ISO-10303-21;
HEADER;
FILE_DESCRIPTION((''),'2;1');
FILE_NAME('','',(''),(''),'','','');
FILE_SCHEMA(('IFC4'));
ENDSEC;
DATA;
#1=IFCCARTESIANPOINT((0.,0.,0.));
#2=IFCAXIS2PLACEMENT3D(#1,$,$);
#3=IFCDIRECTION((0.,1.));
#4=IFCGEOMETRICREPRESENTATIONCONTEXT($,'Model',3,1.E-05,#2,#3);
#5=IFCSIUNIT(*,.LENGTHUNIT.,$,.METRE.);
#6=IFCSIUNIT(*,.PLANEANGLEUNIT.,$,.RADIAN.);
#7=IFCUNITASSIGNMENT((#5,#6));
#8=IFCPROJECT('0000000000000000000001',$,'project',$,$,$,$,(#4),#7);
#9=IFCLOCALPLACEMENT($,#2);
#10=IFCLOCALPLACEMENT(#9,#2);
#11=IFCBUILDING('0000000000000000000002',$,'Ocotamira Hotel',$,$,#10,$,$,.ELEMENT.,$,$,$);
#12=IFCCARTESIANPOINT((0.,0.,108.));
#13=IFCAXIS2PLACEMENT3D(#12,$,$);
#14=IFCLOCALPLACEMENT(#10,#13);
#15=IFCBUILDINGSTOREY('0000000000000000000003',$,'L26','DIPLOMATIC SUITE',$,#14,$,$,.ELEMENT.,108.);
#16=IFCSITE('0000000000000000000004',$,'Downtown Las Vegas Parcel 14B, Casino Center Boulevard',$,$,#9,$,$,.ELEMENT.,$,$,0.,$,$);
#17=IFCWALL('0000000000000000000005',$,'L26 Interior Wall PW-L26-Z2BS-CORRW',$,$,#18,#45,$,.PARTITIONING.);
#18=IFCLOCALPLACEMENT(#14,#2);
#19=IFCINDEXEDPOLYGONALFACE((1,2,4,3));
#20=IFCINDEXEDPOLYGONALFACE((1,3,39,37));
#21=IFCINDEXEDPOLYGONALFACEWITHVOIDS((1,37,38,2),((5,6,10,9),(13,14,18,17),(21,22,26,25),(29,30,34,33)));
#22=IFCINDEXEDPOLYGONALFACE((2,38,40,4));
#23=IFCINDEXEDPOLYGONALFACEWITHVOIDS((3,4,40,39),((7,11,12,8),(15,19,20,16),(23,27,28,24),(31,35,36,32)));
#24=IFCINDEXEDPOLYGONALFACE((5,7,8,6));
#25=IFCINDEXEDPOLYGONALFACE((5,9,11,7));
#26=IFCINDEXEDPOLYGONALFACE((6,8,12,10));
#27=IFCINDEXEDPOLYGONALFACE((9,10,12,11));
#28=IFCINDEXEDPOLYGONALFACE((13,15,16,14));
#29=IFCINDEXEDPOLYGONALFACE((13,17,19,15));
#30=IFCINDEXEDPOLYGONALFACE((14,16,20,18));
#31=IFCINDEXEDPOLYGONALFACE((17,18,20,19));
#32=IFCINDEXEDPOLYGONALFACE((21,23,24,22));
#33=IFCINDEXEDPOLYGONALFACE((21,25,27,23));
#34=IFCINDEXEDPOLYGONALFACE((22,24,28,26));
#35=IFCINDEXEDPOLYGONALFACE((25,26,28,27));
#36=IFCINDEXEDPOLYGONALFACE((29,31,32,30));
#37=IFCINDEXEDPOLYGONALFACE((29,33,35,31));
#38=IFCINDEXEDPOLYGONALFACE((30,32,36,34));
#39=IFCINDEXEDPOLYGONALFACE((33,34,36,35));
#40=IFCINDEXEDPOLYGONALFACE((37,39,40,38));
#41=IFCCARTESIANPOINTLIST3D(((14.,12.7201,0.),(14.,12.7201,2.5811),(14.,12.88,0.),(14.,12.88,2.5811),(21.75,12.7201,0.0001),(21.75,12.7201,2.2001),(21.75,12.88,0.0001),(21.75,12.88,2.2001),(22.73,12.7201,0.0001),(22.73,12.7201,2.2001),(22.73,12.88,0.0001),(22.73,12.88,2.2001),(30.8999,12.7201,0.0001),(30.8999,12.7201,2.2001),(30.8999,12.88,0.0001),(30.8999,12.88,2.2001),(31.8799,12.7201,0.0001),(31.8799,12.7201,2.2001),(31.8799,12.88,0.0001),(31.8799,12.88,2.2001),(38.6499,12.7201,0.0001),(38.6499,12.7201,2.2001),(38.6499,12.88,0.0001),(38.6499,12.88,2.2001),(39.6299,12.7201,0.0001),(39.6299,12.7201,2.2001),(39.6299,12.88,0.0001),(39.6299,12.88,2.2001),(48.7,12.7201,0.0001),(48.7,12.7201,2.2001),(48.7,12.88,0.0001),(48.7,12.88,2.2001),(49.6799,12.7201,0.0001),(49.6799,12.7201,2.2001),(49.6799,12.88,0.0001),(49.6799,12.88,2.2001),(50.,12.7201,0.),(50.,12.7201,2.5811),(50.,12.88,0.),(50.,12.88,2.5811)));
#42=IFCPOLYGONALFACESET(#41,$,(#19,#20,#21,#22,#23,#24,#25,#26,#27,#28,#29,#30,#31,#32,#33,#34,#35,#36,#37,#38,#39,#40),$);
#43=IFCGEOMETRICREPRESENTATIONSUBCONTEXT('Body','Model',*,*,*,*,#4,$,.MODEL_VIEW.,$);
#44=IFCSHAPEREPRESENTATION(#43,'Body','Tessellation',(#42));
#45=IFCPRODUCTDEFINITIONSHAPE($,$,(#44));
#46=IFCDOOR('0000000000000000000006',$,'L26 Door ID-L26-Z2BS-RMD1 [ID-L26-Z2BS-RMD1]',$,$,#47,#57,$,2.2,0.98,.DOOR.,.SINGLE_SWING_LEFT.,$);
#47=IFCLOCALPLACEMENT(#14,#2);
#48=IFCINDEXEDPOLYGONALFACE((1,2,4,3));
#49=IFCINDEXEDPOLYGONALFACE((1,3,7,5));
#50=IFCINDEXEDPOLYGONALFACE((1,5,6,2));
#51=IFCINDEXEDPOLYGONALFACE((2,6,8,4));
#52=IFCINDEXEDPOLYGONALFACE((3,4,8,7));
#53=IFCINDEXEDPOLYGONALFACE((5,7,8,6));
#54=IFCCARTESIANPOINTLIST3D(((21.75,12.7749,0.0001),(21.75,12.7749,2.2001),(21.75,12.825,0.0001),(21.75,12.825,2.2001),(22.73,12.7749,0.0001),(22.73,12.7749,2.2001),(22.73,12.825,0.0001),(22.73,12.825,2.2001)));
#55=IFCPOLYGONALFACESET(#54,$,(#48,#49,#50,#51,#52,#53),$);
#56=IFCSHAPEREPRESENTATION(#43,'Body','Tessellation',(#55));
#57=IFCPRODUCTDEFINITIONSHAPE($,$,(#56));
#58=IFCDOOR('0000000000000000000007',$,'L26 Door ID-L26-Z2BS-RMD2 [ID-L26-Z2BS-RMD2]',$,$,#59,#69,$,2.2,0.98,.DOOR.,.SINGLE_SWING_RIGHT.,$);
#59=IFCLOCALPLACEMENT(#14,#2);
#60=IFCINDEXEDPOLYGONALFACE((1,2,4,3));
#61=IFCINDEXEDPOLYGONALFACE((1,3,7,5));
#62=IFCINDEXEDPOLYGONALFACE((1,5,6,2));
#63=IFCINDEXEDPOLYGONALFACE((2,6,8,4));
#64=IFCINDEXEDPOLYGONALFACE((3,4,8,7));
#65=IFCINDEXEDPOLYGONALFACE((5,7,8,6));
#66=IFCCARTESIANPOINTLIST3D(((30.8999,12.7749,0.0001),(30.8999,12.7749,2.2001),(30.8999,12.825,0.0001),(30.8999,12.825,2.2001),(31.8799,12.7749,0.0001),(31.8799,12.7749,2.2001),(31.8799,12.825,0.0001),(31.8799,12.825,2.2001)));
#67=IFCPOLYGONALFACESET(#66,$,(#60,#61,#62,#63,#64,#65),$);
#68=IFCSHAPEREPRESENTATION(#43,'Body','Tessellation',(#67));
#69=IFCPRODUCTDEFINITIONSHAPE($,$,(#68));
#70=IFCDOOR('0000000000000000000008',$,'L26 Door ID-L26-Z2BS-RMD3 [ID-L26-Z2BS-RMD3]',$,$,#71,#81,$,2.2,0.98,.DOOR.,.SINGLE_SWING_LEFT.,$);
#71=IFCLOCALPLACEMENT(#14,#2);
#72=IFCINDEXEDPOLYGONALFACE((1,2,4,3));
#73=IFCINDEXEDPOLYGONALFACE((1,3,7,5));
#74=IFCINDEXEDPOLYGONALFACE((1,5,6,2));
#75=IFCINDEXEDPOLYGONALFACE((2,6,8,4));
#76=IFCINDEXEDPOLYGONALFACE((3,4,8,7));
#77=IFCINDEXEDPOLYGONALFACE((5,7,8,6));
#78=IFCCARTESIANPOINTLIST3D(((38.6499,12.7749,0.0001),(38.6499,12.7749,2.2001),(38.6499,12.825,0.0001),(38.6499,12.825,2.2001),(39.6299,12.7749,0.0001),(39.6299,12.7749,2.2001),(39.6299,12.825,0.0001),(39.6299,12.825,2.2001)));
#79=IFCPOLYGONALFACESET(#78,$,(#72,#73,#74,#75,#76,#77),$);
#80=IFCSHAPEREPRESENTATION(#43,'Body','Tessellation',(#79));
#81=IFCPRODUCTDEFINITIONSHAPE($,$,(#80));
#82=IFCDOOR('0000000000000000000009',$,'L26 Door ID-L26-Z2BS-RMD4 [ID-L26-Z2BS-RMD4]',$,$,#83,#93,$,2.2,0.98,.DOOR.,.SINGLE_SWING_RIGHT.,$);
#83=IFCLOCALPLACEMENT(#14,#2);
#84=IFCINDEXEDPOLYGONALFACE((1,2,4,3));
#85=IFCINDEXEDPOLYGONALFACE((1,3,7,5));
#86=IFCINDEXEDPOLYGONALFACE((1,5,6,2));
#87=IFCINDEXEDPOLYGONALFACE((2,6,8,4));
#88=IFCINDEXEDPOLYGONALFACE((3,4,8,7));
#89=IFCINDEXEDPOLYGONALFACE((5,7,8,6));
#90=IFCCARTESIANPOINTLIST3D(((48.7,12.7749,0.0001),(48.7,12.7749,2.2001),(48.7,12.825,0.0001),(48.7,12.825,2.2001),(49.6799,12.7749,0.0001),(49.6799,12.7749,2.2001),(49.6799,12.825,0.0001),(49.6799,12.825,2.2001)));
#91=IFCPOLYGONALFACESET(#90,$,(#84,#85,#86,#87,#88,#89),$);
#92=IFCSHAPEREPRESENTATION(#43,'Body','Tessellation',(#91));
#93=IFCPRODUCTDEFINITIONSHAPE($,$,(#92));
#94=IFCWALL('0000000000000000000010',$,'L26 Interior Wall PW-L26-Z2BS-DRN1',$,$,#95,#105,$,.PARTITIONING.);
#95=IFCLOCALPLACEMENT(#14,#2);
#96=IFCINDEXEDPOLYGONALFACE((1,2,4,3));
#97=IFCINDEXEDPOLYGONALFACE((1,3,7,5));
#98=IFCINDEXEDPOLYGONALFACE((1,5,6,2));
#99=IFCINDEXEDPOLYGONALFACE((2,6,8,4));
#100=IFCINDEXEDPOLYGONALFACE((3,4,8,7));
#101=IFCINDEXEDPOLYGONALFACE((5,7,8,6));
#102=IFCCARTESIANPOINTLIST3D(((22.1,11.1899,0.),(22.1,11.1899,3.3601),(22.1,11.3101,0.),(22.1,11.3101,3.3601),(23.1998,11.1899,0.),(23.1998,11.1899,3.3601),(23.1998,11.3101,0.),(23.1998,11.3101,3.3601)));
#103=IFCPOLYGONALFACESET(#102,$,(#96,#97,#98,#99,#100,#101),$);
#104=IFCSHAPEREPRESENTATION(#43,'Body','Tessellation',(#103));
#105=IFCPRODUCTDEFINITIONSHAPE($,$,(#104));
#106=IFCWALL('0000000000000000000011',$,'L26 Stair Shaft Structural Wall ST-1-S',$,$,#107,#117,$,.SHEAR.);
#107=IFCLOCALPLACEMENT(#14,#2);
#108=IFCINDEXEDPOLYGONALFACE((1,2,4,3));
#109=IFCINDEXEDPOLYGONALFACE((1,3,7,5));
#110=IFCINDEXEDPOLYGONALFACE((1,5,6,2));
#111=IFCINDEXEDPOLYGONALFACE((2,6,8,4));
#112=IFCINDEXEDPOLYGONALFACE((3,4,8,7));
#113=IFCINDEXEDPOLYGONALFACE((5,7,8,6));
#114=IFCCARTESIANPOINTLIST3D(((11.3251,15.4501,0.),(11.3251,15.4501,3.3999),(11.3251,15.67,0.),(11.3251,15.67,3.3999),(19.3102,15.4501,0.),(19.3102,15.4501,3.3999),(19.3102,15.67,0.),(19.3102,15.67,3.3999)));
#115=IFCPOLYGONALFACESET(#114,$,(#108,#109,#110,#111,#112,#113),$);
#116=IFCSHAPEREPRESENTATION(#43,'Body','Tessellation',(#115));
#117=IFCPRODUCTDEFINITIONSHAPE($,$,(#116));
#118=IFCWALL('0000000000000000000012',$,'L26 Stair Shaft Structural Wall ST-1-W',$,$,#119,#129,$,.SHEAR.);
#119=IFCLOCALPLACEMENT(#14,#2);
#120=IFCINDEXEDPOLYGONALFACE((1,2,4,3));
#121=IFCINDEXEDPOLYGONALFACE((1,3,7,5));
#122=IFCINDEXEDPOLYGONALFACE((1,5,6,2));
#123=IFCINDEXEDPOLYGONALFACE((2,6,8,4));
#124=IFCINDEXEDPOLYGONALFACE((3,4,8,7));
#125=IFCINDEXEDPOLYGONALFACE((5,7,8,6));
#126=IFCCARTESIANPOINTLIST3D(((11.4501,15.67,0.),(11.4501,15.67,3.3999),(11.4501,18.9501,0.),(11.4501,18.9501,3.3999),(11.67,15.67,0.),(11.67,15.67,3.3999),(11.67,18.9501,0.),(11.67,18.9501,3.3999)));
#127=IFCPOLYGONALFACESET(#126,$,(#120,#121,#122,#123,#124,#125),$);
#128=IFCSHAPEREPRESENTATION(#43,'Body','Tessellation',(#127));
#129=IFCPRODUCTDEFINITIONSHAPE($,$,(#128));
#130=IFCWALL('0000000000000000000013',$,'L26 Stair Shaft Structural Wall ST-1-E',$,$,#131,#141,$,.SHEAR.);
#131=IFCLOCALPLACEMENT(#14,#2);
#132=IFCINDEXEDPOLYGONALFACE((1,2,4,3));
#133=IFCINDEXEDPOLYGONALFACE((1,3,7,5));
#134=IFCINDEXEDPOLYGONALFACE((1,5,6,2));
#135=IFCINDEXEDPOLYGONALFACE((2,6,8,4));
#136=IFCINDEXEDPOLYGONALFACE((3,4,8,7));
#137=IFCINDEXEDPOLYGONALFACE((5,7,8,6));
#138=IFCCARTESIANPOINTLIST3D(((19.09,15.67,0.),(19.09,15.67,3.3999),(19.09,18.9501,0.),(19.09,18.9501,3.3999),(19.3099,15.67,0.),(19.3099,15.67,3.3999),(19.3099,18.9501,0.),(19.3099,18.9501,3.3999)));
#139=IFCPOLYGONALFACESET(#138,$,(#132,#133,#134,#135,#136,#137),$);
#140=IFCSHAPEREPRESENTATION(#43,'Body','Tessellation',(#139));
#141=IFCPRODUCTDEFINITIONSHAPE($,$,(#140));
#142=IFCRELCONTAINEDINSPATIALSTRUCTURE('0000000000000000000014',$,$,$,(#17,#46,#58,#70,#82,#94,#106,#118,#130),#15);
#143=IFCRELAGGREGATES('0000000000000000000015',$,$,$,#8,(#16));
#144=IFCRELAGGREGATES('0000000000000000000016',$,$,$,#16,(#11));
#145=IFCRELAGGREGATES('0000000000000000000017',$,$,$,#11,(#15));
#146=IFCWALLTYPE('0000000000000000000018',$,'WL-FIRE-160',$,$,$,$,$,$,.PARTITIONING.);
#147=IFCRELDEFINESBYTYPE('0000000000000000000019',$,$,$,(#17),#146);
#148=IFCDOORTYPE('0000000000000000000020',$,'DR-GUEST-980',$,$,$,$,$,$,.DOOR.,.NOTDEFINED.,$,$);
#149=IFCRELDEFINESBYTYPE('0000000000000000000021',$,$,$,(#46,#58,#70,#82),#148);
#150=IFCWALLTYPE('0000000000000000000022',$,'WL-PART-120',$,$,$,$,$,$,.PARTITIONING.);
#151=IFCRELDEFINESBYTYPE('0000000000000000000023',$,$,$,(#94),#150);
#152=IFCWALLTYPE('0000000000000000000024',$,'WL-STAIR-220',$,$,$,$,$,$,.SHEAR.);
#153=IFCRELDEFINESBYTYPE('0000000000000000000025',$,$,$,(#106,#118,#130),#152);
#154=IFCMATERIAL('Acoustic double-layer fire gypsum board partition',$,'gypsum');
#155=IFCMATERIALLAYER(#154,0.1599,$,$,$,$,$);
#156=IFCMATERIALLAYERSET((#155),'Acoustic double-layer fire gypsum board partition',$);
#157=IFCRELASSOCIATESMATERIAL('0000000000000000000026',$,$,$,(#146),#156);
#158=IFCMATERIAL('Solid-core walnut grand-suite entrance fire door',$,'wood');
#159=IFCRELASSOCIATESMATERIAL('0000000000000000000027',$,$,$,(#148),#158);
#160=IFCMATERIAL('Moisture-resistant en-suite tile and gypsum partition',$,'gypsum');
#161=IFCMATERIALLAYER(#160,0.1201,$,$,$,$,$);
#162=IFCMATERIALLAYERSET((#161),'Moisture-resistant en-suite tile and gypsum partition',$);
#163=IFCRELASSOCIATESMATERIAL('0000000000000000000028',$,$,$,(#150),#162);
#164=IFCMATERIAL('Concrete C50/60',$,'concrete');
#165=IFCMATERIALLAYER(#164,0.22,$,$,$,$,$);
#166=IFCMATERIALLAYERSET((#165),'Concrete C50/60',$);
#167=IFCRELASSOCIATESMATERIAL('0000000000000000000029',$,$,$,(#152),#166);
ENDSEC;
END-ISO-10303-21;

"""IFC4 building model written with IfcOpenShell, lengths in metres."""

from ifc_helpers import new_model, si_unit, direction, frame, frame_2d, origin, place, context, subcontext, project, spatial, rectangle, extrude, source, transform, mapped, material, layer, layer_set, type_object, element, fill, save


model = new_model("IFC4")

# Units and contexts
model_context = context("Model", 3, precision=1e-05, world=origin(), true_north=direction((0.0, 1.0)))
body_context = subcontext(model_context, "Body", "Model", "MODEL_VIEW")
ifc_project = project(units=[si_unit("LENGTHUNIT", "METRE"), si_unit("PLANEANGLEUNIT", "RADIAN")], contexts=[model_context])

# Site, building, storey
site_placement = place(None, origin())
site = spatial("IfcSite", under=ifc_project, at=site_placement, Name="Downtown Las Vegas Parcel 14B, Casino Center Boulevard", CompositionType="ELEMENT", RefElevation=0.0)
building_placement = place(site_placement, origin())
building = spatial("IfcBuilding", under=site, at=building_placement, Name="Ocotamira Hotel", CompositionType="ELEMENT")
storey_placement = place(building_placement, frame((0.0, 0.0, 108.0)))
storey = spatial("IfcBuildingStorey", under=building, at=storey_placement, Name="L26", Description="DIPLOMATIC SUITE", CompositionType="ELEMENT", Elevation=108.0)

# Wall, openings, doors
ifc_material_1 = material(Name="Acoustic double-layer fire gypsum board partition", Category="gypsum")
ifc_layer_1 = layer(ifc_material_1, 0.1599)
ifc_layer_set_1 = layer_set([ifc_layer_1], Name="Acoustic double-layer fire gypsum board partition")
wall_type_1 = type_object("IfcWallType", Name="WL-FIRE-160", PredefinedType="PARTITIONING", material=ifc_layer_set_1)
wall_1_placement = place(storey_placement, frame((14.0, 12.8, 0.0), z_axis=(0.0, 0.0, 1.0), x_axis=(1.0, 0.0, 0.0)))
wall_1 = element("IfcWall", 1, at=wall_1_placement, inside=storey, type_object=wall_type_1, Name="L26 Interior Wall PW-L26-Z2BS-CORRW", PredefinedType="PARTITIONING", context=body_context, shape_type="SweptSolid", body=[
    extrude(rectangle(XDim=36.0, YDim=0.1599, at=frame_2d((18.0, 0.0))), origin(), (0.0, 0.0, 1.0), 2.5811),
])
opening_1_placement = place(wall_1_placement, frame((7.75, 0.0, 0.0)))
opening_1 = element("IfcOpeningElement", 2, at=opening_1_placement, cuts=wall_1, PredefinedType="OPENING", context=body_context, shape_type="SweptSolid", body=[
    extrude(rectangle(XDim=0.98, YDim=2.2, at=frame_2d((0.49, 1.1001))), frame((0.0, 0.0898, 0.0), z_axis=(0.0, -1.0, 0.0), x_axis=(1.0, 0.0, 0.0)), (0.0, 0.0, 1.0), 0.1799),
])
opening_2_placement = place(wall_1_placement, frame((16.8999, 0.0, 0.0)))
opening_2 = element("IfcOpeningElement", 3, at=opening_2_placement, cuts=wall_1, PredefinedType="OPENING", context=body_context, shape_type="SweptSolid", body=[
    extrude(rectangle(XDim=0.98, YDim=2.2, at=frame_2d((0.49, 1.1001))), frame((0.0, 0.0898, 0.0), z_axis=(0.0, -1.0, 0.0), x_axis=(1.0, 0.0, 0.0)), (0.0, 0.0, 1.0), 0.1799),
])
opening_3_placement = place(wall_1_placement, frame((24.6499, 0.0, 0.0)))
opening_3 = element("IfcOpeningElement", 4, at=opening_3_placement, cuts=wall_1, PredefinedType="OPENING", context=body_context, shape_type="SweptSolid", body=[
    extrude(rectangle(XDim=0.98, YDim=2.2, at=frame_2d((0.49, 1.1001))), frame((0.0, 0.0898, 0.0), z_axis=(0.0, -1.0, 0.0), x_axis=(1.0, 0.0, 0.0)), (0.0, 0.0, 1.0), 0.1799),
])
opening_4_placement = place(wall_1_placement, frame((34.7, 0.0, 0.0)))
opening_4 = element("IfcOpeningElement", 5, at=opening_4_placement, cuts=wall_1, PredefinedType="OPENING", context=body_context, shape_type="SweptSolid", body=[
    extrude(rectangle(XDim=0.98, YDim=2.2, at=frame_2d((0.49, 1.1001))), frame((0.0, 0.0898, 0.0), z_axis=(0.0, -1.0, 0.0), x_axis=(1.0, 0.0, 0.0)), (0.0, 0.0, 1.0), 0.1799),
])
ifc_material_2 = material(Name="Solid-core walnut grand-suite entrance fire door", Category="wood")
door_type = type_object("IfcDoorType", Name="DR-GUEST-980", OperationType="NOTDEFINED", PredefinedType="DOOR", material=ifc_material_2)
shared_shape_1 = source(origin(), body_context, "Body", "SweptSolid", [
    extrude(rectangle(XDim=0.98, YDim=2.2, at=frame_2d((0.49, 1.1001))), frame((0.0, 0.0249, 0.0), z_axis=(0.0, -1.0, 0.0), x_axis=(1.0, 0.0, 0.0)), (0.0, 0.0, 1.0), 0.05),
])
door_1_placement = place(opening_1_placement, origin())
door_1 = element("IfcDoor", 6, at=door_1_placement, inside=storey, type_object=door_type, Name="L26 Door ID-L26-Z2BS-RMD1 [ID-L26-Z2BS-RMD1]", OperationType="SINGLE_SWING_LEFT", OverallHeight=2.2, OverallWidth=0.98, PredefinedType="DOOR", context=body_context, shape_type="MappedRepresentation", body=[
    mapped(shared_shape_1, transform((0.0, 0.0, 0.0), scale=1.0)),
])
fill(opening_1, door_1)
door_2_placement = place(opening_2_placement, origin())
door_2 = element("IfcDoor", 7, at=door_2_placement, inside=storey, type_object=door_type, Name="L26 Door ID-L26-Z2BS-RMD2 [ID-L26-Z2BS-RMD2]", OperationType="SINGLE_SWING_RIGHT", OverallHeight=2.2, OverallWidth=0.98, PredefinedType="DOOR", context=body_context, shape_type="MappedRepresentation", body=[
    mapped(shared_shape_1, transform((0.0, 0.0, 0.0), scale=1.0)),
])
fill(opening_2, door_2)
door_3_placement = place(opening_3_placement, origin())
door_3 = element("IfcDoor", 8, at=door_3_placement, inside=storey, type_object=door_type, Name="L26 Door ID-L26-Z2BS-RMD3 [ID-L26-Z2BS-RMD3]", OperationType="SINGLE_SWING_LEFT", OverallHeight=2.2, OverallWidth=0.98, PredefinedType="DOOR", context=body_context, shape_type="MappedRepresentation", body=[
    mapped(shared_shape_1, transform((0.0, 0.0, 0.0), scale=1.0)),
])
fill(opening_3, door_3)
door_4_placement = place(opening_4_placement, origin())
door_4 = element("IfcDoor", 9, at=door_4_placement, inside=storey, type_object=door_type, Name="L26 Door ID-L26-Z2BS-RMD4 [ID-L26-Z2BS-RMD4]", OperationType="SINGLE_SWING_RIGHT", OverallHeight=2.2, OverallWidth=0.98, PredefinedType="DOOR", context=body_context, shape_type="MappedRepresentation", body=[
    mapped(shared_shape_1, transform((0.0, 0.0, 0.0), scale=1.0)),
])
fill(opening_4, door_4)

# Walls
ifc_material_3 = material(Name="Moisture-resistant en-suite tile and gypsum partition", Category="gypsum")
ifc_layer_2 = layer(ifc_material_3, 0.1201)
ifc_layer_set_2 = layer_set([ifc_layer_2], Name="Moisture-resistant en-suite tile and gypsum partition")
wall_type_2 = type_object("IfcWallType", Name="WL-PART-120", PredefinedType="PARTITIONING", material=ifc_layer_set_2)
wall_2_placement = place(storey_placement, frame((22.1001, 11.25, 0.0), z_axis=(0.0, 0.0, 1.0), x_axis=(1.0, 0.0, 0.0)))
element("IfcWall", 10, at=wall_2_placement, inside=storey, type_object=wall_type_2, Name="L26 Interior Wall PW-L26-Z2BS-DRN1", PredefinedType="PARTITIONING", context=body_context, shape_type="SweptSolid", body=[
    extrude(rectangle(XDim=1.0999, YDim=0.1201, at=frame_2d((0.5498, 0.0))), origin(), (0.0, 0.0, 1.0), 3.3601),
])
ifc_material_4 = material(Name="Concrete C50/60", Category="concrete")
ifc_layer_3 = layer(ifc_material_4, 0.22)
ifc_layer_set_3 = layer_set([ifc_layer_3], Name="Concrete C50/60")
wall_type_3 = type_object("IfcWallType", Name="WL-STAIR-220", PredefinedType="SHEAR", material=ifc_layer_set_3)
wall_3_placement = place(storey_placement, frame((11.325, 15.5601, 0.0), z_axis=(0.0, 0.0, 1.0), x_axis=(1.0, 0.0, 0.0)))
element("IfcWall", 11, at=wall_3_placement, inside=storey, type_object=wall_type_3, Name="L26 Stair Shaft Structural Wall ST-1-S", PredefinedType="SHEAR", context=body_context, shape_type="SweptSolid", body=[
    extrude(rectangle(XDim=7.9851, YDim=0.22, at=frame_2d((3.9927, 0.0))), origin(), (0.0, 0.0, 1.0), 3.3999),
])
for number, where, z_axis, x_axis, name in (
    (12, (11.5601, 15.6699, 0.0), (0.0, 0.0, 1.0), (0.0, 1.0, 0.0), "L26 Stair Shaft Structural Wall ST-1-W"),
    (13, (19.2, 15.6699, 0.0), (0.0, 0.0, 1.0), (0.0, 1.0, 0.0), "L26 Stair Shaft Structural Wall ST-1-E"),
):
    element("IfcWall", number, at=place(storey_placement, frame(where, z_axis=z_axis, x_axis=x_axis)), inside=storey, type_object=wall_type_3, Name=name, PredefinedType="SHEAR", context=body_context, shape_type="SweptSolid", body=[
        extrude(rectangle(XDim=3.28, YDim=0.22, at=frame_2d((1.6401, 0.0))), origin(), (0.0, 0.0, 1.0), 3.3999),
    ])

save(model, "model.ifc")
